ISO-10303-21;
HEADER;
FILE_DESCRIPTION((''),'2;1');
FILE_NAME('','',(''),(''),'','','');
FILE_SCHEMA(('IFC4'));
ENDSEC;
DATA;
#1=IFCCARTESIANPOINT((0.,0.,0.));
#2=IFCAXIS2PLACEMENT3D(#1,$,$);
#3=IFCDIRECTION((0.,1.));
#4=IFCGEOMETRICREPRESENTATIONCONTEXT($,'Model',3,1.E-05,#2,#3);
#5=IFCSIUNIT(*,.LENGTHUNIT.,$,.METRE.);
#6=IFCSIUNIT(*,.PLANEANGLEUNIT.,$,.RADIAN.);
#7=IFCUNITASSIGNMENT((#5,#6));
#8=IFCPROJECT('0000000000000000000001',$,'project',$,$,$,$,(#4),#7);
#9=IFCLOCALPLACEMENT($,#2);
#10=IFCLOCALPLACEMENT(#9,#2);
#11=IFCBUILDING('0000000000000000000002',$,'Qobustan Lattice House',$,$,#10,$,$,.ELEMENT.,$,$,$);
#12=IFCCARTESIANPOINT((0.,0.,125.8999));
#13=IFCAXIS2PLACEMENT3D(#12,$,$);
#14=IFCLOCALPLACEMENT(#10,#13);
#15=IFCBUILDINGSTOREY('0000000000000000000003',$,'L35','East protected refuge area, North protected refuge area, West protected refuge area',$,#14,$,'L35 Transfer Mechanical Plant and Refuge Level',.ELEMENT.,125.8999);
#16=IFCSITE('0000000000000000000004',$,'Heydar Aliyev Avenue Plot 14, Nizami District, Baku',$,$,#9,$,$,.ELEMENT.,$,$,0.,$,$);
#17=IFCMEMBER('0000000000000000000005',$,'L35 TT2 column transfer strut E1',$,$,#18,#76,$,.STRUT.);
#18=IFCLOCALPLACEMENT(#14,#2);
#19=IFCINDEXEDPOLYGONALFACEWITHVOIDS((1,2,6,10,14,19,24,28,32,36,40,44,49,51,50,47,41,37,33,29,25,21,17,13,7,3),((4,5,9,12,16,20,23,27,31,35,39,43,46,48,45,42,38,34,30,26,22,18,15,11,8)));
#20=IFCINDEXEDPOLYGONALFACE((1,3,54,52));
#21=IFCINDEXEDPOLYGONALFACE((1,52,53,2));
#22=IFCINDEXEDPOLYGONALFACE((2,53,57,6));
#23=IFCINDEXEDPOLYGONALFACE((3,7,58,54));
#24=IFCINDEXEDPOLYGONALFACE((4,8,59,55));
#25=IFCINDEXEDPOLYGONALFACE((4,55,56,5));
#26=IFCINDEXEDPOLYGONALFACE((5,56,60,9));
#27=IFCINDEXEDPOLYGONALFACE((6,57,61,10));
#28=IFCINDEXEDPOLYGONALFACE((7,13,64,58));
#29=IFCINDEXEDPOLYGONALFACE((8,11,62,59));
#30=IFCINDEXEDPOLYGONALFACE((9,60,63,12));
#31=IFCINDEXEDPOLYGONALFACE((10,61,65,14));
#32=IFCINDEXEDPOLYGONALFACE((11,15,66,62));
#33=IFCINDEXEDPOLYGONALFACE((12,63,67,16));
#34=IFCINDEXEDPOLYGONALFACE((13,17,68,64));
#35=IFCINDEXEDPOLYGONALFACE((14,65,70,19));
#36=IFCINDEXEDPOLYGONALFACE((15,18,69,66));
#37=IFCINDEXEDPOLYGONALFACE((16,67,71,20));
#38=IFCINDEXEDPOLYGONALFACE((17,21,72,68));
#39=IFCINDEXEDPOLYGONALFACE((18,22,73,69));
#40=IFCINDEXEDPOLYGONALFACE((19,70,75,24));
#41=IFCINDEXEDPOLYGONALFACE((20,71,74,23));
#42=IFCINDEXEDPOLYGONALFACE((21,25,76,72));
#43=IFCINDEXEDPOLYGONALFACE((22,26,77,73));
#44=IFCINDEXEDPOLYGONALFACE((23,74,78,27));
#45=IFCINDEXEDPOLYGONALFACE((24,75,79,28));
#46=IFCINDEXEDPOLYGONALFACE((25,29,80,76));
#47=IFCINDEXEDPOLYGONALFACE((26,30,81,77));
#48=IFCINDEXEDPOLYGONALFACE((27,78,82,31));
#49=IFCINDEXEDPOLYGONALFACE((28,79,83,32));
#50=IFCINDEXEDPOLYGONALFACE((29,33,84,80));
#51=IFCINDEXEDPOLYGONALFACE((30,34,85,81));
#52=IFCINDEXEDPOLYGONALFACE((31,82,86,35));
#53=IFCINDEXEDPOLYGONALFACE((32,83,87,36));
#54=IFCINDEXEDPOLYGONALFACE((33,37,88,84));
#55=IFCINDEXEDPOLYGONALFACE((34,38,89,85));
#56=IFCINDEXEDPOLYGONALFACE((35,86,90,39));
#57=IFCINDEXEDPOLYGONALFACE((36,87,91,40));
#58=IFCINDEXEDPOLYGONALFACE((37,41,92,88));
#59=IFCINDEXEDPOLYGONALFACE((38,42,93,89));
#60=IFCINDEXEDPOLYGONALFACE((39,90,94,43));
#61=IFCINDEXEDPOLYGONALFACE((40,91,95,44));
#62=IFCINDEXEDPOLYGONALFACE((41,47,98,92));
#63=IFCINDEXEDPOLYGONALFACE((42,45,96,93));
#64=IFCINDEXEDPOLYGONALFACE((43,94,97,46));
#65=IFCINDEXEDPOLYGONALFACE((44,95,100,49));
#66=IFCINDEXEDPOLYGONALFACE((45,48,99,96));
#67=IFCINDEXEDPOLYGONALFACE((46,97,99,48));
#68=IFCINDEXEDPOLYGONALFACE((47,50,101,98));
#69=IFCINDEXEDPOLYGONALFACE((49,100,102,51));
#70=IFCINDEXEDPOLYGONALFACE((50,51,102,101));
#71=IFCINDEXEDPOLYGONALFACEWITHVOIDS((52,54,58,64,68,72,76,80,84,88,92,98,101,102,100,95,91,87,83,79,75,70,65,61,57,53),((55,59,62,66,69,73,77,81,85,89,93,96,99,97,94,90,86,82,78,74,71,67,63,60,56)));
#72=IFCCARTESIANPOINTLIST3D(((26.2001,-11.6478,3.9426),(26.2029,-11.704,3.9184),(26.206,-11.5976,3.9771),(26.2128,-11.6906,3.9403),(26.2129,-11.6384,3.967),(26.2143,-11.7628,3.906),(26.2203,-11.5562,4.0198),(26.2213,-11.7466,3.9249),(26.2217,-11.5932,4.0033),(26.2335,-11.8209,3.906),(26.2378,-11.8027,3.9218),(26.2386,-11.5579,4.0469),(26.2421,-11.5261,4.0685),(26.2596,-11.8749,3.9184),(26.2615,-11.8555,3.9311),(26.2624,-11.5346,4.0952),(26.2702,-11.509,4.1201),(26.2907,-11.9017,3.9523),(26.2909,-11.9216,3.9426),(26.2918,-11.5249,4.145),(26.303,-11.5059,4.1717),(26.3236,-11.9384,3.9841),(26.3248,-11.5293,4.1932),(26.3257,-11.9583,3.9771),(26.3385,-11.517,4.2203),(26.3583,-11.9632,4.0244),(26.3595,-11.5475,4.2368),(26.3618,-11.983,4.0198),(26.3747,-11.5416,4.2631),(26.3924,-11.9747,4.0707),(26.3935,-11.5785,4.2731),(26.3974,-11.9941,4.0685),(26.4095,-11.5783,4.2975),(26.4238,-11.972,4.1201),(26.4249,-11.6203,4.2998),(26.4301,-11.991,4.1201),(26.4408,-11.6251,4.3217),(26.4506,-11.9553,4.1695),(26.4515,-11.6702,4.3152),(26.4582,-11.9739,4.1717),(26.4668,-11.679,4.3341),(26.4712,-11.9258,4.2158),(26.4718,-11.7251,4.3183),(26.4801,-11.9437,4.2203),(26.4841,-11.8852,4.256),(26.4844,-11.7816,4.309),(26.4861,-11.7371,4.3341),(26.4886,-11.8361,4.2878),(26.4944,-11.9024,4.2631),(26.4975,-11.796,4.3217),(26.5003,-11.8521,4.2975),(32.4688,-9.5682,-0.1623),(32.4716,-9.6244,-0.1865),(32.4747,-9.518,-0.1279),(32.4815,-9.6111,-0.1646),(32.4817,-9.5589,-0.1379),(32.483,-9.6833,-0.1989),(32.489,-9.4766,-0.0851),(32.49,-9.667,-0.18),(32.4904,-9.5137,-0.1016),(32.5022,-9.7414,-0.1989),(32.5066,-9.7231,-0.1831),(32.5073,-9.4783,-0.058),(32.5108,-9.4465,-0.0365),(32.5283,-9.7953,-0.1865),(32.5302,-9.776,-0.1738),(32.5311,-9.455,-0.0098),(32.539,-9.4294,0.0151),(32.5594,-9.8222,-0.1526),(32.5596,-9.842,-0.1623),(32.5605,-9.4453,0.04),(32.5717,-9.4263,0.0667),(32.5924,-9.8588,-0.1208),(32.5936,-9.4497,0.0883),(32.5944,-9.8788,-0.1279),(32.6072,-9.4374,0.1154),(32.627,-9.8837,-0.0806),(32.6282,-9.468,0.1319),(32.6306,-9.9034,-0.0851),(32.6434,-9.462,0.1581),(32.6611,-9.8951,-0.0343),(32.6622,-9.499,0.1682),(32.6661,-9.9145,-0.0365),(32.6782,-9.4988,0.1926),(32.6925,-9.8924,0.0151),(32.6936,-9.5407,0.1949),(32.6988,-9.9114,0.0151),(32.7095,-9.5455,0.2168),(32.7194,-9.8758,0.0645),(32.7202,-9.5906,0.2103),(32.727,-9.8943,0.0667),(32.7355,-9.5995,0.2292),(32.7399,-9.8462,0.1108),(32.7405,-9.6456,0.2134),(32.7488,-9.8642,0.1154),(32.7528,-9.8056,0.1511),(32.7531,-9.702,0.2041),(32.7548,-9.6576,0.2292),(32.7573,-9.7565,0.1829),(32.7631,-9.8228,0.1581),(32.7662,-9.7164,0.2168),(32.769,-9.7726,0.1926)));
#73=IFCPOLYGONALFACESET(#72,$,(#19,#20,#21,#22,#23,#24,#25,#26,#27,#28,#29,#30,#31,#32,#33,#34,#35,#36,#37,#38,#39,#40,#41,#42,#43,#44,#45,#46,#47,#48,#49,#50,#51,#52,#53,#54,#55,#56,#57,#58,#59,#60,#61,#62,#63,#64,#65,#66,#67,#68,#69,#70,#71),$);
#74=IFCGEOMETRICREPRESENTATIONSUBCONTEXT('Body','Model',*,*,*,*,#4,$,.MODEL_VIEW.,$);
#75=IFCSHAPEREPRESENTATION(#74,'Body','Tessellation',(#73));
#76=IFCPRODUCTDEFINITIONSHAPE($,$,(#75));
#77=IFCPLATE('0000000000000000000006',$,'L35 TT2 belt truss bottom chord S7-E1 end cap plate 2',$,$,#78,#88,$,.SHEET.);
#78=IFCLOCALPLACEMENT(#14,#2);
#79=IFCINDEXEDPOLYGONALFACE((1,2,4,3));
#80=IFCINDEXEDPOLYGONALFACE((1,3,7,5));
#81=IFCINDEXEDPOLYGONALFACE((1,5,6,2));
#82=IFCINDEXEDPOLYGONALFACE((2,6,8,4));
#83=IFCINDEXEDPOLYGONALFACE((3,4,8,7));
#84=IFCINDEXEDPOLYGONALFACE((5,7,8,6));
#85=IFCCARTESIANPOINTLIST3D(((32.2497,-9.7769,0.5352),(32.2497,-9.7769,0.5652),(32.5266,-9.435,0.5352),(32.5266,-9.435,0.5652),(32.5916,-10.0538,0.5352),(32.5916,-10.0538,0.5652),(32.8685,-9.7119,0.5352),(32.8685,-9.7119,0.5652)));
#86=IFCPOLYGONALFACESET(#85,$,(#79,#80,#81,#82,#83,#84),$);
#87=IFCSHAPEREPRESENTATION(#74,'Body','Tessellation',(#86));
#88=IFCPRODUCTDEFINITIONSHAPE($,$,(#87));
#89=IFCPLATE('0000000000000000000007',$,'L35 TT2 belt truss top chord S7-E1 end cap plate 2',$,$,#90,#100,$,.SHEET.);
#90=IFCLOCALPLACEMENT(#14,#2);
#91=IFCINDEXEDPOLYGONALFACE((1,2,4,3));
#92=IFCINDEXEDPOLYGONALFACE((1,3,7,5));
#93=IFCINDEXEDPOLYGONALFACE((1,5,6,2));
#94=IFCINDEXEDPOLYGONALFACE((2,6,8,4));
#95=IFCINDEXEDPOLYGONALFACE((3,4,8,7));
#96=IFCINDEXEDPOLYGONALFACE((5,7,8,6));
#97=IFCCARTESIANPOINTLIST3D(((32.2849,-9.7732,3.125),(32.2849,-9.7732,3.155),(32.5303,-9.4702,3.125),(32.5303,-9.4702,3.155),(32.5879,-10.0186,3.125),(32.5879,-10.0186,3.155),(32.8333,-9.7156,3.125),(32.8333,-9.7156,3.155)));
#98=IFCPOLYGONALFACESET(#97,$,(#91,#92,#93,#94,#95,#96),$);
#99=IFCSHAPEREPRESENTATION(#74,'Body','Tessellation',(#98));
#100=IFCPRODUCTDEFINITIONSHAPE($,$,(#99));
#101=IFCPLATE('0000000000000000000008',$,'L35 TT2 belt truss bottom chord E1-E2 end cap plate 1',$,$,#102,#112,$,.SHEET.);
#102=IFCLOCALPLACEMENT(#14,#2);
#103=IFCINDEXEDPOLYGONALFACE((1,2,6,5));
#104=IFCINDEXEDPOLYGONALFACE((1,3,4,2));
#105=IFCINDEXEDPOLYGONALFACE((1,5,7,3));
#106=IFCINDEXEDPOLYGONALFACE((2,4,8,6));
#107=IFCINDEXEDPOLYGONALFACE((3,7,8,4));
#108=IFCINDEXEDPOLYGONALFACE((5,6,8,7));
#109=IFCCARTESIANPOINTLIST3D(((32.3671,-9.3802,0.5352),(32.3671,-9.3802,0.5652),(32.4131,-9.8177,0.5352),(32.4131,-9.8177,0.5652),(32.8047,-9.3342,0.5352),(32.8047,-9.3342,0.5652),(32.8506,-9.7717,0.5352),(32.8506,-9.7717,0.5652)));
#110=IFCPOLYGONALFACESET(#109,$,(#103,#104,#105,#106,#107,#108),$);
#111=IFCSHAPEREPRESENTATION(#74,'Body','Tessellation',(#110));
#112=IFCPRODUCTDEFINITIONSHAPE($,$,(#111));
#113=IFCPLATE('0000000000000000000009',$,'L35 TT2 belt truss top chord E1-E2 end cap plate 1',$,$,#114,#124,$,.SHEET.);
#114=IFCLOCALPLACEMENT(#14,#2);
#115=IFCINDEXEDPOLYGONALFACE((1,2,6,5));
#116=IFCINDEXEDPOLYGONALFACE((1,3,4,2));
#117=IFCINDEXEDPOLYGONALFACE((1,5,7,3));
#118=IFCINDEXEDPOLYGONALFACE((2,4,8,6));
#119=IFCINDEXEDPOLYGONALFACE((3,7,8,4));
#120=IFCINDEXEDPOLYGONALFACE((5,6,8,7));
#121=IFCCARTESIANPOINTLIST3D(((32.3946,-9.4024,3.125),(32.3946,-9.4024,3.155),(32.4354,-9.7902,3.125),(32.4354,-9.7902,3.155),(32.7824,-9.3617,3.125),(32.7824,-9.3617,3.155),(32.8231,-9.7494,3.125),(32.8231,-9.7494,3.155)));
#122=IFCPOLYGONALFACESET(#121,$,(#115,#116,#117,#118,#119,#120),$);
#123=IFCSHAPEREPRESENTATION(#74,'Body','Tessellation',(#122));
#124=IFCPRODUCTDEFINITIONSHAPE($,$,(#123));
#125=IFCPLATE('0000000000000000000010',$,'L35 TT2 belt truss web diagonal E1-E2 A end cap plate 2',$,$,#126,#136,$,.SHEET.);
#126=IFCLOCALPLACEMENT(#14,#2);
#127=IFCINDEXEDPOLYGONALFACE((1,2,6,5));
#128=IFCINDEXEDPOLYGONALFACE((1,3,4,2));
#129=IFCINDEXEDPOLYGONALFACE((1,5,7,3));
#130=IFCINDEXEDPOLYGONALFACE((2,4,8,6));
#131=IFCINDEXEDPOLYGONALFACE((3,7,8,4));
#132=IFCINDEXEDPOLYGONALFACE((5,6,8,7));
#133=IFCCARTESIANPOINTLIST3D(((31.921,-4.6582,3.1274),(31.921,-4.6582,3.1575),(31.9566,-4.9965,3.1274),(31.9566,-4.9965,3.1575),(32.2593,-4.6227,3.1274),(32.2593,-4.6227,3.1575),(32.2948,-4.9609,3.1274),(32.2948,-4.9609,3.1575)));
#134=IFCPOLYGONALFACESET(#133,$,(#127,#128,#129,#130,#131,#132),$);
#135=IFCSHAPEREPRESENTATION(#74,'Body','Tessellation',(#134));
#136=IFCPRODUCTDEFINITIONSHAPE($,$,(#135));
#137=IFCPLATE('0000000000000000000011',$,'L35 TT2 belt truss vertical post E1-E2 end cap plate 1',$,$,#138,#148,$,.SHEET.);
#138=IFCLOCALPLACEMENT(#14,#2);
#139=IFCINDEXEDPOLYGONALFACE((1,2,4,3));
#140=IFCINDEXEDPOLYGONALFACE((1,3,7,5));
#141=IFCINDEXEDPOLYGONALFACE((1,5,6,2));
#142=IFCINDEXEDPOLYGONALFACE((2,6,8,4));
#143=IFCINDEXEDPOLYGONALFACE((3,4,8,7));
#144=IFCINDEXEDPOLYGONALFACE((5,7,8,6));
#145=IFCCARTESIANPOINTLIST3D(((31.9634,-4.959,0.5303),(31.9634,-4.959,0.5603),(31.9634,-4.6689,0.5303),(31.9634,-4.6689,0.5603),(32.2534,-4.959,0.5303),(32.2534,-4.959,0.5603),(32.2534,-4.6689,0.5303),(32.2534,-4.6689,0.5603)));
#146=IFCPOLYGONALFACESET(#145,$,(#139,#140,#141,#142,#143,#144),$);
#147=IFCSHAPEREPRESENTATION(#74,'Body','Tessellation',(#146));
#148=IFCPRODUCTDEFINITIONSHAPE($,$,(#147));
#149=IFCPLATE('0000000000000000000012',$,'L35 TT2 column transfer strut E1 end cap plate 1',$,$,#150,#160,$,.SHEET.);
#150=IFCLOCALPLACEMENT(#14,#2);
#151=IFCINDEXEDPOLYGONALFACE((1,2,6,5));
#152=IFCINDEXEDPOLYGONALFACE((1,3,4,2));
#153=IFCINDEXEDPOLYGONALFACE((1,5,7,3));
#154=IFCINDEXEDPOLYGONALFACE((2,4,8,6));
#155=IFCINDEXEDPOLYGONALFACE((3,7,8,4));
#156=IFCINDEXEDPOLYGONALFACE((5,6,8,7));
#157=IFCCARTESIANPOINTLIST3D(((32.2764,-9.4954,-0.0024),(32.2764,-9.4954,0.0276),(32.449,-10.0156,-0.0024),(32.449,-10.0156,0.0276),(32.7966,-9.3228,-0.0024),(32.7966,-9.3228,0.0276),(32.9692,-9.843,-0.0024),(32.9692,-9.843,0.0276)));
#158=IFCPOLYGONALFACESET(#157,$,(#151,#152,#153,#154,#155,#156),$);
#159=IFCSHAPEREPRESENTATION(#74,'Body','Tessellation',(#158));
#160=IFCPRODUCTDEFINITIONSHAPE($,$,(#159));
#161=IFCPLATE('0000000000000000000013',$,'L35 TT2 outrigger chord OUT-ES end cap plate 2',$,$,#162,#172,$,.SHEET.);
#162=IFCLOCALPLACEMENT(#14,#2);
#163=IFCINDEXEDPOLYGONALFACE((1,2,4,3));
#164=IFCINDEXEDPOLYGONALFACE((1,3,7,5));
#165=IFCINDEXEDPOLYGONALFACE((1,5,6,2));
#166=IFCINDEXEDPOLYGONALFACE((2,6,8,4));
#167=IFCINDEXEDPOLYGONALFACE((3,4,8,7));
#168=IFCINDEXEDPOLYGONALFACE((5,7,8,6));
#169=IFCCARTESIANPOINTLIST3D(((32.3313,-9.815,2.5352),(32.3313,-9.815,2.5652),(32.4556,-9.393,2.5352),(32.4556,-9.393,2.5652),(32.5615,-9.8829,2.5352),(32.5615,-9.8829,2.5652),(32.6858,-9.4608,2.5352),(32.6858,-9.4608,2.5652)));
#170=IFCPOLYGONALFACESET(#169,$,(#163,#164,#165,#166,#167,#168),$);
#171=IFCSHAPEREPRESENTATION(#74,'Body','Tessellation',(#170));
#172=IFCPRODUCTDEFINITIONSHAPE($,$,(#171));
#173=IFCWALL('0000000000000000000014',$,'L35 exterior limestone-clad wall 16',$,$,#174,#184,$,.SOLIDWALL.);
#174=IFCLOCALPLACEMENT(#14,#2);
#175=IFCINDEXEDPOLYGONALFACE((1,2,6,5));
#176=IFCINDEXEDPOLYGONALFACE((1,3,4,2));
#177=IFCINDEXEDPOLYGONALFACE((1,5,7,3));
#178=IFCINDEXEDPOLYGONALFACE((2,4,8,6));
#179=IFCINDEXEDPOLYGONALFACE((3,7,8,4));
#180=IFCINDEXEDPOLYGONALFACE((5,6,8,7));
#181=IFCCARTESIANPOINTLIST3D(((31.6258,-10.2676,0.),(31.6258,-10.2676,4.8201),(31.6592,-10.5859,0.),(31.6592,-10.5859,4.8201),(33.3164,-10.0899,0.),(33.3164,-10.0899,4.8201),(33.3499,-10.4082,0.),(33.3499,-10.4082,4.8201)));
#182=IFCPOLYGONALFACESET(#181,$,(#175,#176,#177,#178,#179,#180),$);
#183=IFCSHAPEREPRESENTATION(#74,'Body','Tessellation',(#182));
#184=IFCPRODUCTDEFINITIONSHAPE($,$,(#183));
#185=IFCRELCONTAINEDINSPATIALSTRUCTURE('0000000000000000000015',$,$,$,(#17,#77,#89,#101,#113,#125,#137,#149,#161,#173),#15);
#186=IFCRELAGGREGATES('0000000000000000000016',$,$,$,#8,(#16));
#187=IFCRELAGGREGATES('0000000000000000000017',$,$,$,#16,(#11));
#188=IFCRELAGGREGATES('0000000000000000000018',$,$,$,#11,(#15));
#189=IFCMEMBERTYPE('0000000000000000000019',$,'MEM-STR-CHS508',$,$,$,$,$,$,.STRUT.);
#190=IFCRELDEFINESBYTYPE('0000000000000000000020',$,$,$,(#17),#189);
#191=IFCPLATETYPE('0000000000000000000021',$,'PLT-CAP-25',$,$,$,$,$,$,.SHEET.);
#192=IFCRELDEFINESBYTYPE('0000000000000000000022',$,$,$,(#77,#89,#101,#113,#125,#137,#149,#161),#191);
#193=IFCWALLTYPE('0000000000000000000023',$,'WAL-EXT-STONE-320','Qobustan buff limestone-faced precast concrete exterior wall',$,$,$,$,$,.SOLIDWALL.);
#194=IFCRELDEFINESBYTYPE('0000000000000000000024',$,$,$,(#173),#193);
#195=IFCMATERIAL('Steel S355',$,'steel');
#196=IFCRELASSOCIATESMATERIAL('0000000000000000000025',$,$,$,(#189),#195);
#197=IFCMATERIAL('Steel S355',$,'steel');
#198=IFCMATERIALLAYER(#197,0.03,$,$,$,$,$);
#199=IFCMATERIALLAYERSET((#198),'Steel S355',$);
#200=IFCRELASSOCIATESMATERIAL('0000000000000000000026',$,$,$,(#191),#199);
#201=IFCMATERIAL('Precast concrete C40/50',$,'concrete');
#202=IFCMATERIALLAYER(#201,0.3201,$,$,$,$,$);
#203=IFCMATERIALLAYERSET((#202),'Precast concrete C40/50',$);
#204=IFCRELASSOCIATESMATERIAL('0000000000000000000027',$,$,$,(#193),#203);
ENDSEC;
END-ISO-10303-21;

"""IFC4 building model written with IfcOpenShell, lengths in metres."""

from ifc_helpers import new_model, si_unit, direction, frame, frame_2d, origin, origin_2d, place, context, subcontext, project, spatial, rectangle, hollow_circle, extrude, material, layer, layer_set, material_profile, profile_set, type_object, element, save


model = new_model("IFC4")

# Units and contexts
model_context = context("Model", 3, precision=1e-05, world=origin(), true_north=direction((0.0, 1.0)))
body_context = subcontext(model_context, "Body", "Model", "MODEL_VIEW")
ifc_project = project(units=[si_unit("LENGTHUNIT", "METRE"), si_unit("PLANEANGLEUNIT", "RADIAN")], contexts=[model_context])

# Site, building, storey
site_placement = place(None, origin())
site = spatial("IfcSite", under=ifc_project, at=site_placement, Name="Heydar Aliyev Avenue Plot 14, Nizami District, Baku", CompositionType="ELEMENT", RefElevation=0.0)
building_placement = place(site_placement, origin())
building = spatial("IfcBuilding", under=site, at=building_placement, Name="Qobustan Lattice House", CompositionType="ELEMENT")
storey_placement = place(building_placement, frame((0.0, 0.0, 125.8999)))
storey = spatial("IfcBuildingStorey", under=building, at=storey_placement, Name="L35", Description="East protected refuge area, North protected refuge area, West protected refuge area", LongName="L35 Transfer Mechanical Plant and Refuge Level", CompositionType="ELEMENT", Elevation=125.8999)

# Member
ifc_material_1 = material(Name="Steel S355", Category="steel")
ifc_material_profile_1 = material_profile(ifc_material_1, hollow_circle(Radius=0.2539, WallThickness=0.02, at=origin_2d()), Name="CHS508x20")
ifc_profile_set_1 = profile_set([ifc_material_profile_1], Name="Steel S355")
member_type_1 = type_object("IfcMemberType", Name="MEM-STR-CHS508", PredefinedType="STRUT", material=ifc_profile_set_1)
member_1_placement = place(storey_placement, frame((32.6189, -9.6704, 0.0151), z_axis=(-0.806125, -0.267421, 0.527872), x_axis=(0.314863, -0.949137, 0.0)))
element("IfcMember", 1, at=member_1_placement, inside=storey, type_object=member_type_1, Name="L35 TT2 column transfer strut E1", PredefinedType="STRUT", context=body_context, shape_type="SweptSolid", body=[
    extrude(hollow_circle(Radius=0.2539, WallThickness=0.02, at=origin_2d()), origin(), (0.0, 0.0, 1.0), 7.7764),
])

# Plates
ifc_material_2 = material(Name="Steel S355", Category="steel")
ifc_layer_1 = layer(ifc_material_2, 0.03)
ifc_layer_set_1 = layer_set([ifc_layer_1], Name="Steel S355")
plate_type = type_object("IfcPlateType", Name="PLT-CAP-25", PredefinedType="SHEET", material=ifc_layer_set_1)
plate_1_placement = place(storey_placement, frame((32.5591, -9.7444, 0.5352), z_axis=(0.0, 0.0, 1.0), x_axis=(0.629334, 0.777135, 0.0)))
element("IfcPlate", 2, at=plate_1_placement, inside=storey, type_object=plate_type, Name="L35 TT2 belt truss bottom chord S7-E1 end cap plate 2", PredefinedType="SHEET", context=body_context, shape_type="SweptSolid", body=[
    extrude(rectangle(XDim=0.4399, YDim=0.4399, at=origin_2d()), origin(), (0.0, 0.0, 1.0), 0.03),
])
plate_2_placement = place(storey_placement, frame((32.5591, -9.7444, 3.125), z_axis=(0.0, 0.0, 1.0), x_axis=(0.629334, 0.777135, 0.0)))
element("IfcPlate", 3, at=plate_2_placement, inside=storey, type_object=plate_type, Name="L35 TT2 belt truss top chord S7-E1 end cap plate 2", PredefinedType="SHEET", context=body_context, shape_type="SweptSolid", body=[
    extrude(rectangle(XDim=0.3899, YDim=0.3899, at=origin_2d()), origin(), (0.0, 0.0, 1.0), 0.03),
])
plate_3_placement = place(storey_placement, frame((32.6089, -9.5759, 0.5352), z_axis=(0.0, 0.0, 1.0), x_axis=(-0.104528, 0.994522, 0.0)))
element("IfcPlate", 4, at=plate_3_placement, inside=storey, type_object=plate_type, Name="L35 TT2 belt truss bottom chord E1-E2 end cap plate 1", PredefinedType="SHEET", context=body_context, shape_type="SweptSolid", body=[
    extrude(rectangle(XDim=0.4399, YDim=0.4399, at=origin_2d()), origin(), (0.0, 0.0, 1.0), 0.03),
])
plate_4_placement = place(storey_placement, frame((32.6089, -9.5759, 3.125), z_axis=(0.0, 0.0, 1.0), x_axis=(-0.104528, 0.994522, 0.0)))
element("IfcPlate", 5, at=plate_4_placement, inside=storey, type_object=plate_type, Name="L35 TT2 belt truss top chord E1-E2 end cap plate 1", PredefinedType="SHEET", context=body_context, shape_type="SweptSolid", body=[
    extrude(rectangle(XDim=0.3899, YDim=0.3899, at=origin_2d()), origin(), (0.0, 0.0, 1.0), 0.03),
])
plate_5_placement = place(storey_placement, frame((32.1079, -4.8096, 3.1274), z_axis=(0.0, 0.0, 1.0), x_axis=(-0.104511, 0.994524, 0.0)))
element("IfcPlate", 6, at=plate_5_placement, inside=storey, type_object=plate_type, Name="L35 TT2 belt truss web diagonal E1-E2 A end cap plate 2", PredefinedType="SHEET", context=body_context, shape_type="SweptSolid", body=[
    extrude(rectangle(XDim=0.3401, YDim=0.3401, at=origin_2d()), origin(), (0.0, 0.0, 1.0), 0.03),
])
plate_6_placement = place(storey_placement, frame((32.1084, -4.814, 0.5303), z_axis=(0.0, 0.0, 1.0), x_axis=(1.0, 0.0, 0.0)))
element("IfcPlate", 7, at=plate_6_placement, inside=storey, type_object=plate_type, Name="L35 TT2 belt truss vertical post E1-E2 end cap plate 1", PredefinedType="SHEET", context=body_context, shape_type="SweptSolid", body=[
    extrude(rectangle(XDim=0.29, YDim=0.29, at=origin_2d()), origin(), (0.0, 0.0, 1.0), 0.03),
])
plate_7_placement = place(storey_placement, frame((32.6228, -9.6692, -0.0024), z_axis=(0.0, 0.0, 1.0), x_axis=(-0.94914, -0.314854, 0.0)))
element("IfcPlate", 8, at=plate_7_placement, inside=storey, type_object=plate_type, Name="L35 TT2 column transfer strut E1 end cap plate 1", PredefinedType="SHEET", context=body_context, shape_type="SweptSolid", body=[
    extrude(rectangle(XDim=0.5481, YDim=0.5481, at=origin_2d()), origin(), (0.0, 0.0, 1.0), 0.03),
])
plate_8_placement = place(storey_placement, frame((32.5085, -9.6379, 2.5352), z_axis=(0.0, 0.0, 1.0), x_axis=(0.95925, -0.282559, 0.0)))
element("IfcPlate", 9, at=plate_8_placement, inside=storey, type_object=plate_type, Name="L35 TT2 outrigger chord OUT-ES end cap plate 2", PredefinedType="SHEET", context=body_context, shape_type="SweptSolid", body=[
    extrude(rectangle(XDim=0.24, YDim=0.4399, at=origin_2d()), origin(), (0.0, 0.0, 1.0), 0.03),
])

# Wall
ifc_material_3 = material(Name="Precast concrete C40/50", Category="concrete")
ifc_layer_2 = layer(ifc_material_3, 0.3201)
ifc_layer_set_2 = layer_set([ifc_layer_2], Name="Precast concrete C40/50")
wall_type_1 = type_object("IfcWallType", Name="WAL-EXT-STONE-320", Description="Qobustan buff limestone-faced precast concrete exterior wall", PredefinedType="SOLIDWALL", material=ifc_layer_set_2)
wall_1_placement = place(storey_placement, frame((33.3333, -10.249, 0.0), z_axis=(0.0, 0.0, 1.0), x_axis=(-0.99452, -0.10455, 0.0)))
element("IfcWall", 10, at=wall_1_placement, inside=storey, type_object=wall_type_1, Name="L35 exterior limestone-clad wall 16", PredefinedType="SOLIDWALL", context=body_context, shape_type="SweptSolid", body=[
    extrude(rectangle(XDim=1.7, YDim=0.3201, at=frame_2d((0.8501, 0.0))), origin(), (0.0, 0.0, 1.0), 4.8201),
])

save(model, "model.ifc")
